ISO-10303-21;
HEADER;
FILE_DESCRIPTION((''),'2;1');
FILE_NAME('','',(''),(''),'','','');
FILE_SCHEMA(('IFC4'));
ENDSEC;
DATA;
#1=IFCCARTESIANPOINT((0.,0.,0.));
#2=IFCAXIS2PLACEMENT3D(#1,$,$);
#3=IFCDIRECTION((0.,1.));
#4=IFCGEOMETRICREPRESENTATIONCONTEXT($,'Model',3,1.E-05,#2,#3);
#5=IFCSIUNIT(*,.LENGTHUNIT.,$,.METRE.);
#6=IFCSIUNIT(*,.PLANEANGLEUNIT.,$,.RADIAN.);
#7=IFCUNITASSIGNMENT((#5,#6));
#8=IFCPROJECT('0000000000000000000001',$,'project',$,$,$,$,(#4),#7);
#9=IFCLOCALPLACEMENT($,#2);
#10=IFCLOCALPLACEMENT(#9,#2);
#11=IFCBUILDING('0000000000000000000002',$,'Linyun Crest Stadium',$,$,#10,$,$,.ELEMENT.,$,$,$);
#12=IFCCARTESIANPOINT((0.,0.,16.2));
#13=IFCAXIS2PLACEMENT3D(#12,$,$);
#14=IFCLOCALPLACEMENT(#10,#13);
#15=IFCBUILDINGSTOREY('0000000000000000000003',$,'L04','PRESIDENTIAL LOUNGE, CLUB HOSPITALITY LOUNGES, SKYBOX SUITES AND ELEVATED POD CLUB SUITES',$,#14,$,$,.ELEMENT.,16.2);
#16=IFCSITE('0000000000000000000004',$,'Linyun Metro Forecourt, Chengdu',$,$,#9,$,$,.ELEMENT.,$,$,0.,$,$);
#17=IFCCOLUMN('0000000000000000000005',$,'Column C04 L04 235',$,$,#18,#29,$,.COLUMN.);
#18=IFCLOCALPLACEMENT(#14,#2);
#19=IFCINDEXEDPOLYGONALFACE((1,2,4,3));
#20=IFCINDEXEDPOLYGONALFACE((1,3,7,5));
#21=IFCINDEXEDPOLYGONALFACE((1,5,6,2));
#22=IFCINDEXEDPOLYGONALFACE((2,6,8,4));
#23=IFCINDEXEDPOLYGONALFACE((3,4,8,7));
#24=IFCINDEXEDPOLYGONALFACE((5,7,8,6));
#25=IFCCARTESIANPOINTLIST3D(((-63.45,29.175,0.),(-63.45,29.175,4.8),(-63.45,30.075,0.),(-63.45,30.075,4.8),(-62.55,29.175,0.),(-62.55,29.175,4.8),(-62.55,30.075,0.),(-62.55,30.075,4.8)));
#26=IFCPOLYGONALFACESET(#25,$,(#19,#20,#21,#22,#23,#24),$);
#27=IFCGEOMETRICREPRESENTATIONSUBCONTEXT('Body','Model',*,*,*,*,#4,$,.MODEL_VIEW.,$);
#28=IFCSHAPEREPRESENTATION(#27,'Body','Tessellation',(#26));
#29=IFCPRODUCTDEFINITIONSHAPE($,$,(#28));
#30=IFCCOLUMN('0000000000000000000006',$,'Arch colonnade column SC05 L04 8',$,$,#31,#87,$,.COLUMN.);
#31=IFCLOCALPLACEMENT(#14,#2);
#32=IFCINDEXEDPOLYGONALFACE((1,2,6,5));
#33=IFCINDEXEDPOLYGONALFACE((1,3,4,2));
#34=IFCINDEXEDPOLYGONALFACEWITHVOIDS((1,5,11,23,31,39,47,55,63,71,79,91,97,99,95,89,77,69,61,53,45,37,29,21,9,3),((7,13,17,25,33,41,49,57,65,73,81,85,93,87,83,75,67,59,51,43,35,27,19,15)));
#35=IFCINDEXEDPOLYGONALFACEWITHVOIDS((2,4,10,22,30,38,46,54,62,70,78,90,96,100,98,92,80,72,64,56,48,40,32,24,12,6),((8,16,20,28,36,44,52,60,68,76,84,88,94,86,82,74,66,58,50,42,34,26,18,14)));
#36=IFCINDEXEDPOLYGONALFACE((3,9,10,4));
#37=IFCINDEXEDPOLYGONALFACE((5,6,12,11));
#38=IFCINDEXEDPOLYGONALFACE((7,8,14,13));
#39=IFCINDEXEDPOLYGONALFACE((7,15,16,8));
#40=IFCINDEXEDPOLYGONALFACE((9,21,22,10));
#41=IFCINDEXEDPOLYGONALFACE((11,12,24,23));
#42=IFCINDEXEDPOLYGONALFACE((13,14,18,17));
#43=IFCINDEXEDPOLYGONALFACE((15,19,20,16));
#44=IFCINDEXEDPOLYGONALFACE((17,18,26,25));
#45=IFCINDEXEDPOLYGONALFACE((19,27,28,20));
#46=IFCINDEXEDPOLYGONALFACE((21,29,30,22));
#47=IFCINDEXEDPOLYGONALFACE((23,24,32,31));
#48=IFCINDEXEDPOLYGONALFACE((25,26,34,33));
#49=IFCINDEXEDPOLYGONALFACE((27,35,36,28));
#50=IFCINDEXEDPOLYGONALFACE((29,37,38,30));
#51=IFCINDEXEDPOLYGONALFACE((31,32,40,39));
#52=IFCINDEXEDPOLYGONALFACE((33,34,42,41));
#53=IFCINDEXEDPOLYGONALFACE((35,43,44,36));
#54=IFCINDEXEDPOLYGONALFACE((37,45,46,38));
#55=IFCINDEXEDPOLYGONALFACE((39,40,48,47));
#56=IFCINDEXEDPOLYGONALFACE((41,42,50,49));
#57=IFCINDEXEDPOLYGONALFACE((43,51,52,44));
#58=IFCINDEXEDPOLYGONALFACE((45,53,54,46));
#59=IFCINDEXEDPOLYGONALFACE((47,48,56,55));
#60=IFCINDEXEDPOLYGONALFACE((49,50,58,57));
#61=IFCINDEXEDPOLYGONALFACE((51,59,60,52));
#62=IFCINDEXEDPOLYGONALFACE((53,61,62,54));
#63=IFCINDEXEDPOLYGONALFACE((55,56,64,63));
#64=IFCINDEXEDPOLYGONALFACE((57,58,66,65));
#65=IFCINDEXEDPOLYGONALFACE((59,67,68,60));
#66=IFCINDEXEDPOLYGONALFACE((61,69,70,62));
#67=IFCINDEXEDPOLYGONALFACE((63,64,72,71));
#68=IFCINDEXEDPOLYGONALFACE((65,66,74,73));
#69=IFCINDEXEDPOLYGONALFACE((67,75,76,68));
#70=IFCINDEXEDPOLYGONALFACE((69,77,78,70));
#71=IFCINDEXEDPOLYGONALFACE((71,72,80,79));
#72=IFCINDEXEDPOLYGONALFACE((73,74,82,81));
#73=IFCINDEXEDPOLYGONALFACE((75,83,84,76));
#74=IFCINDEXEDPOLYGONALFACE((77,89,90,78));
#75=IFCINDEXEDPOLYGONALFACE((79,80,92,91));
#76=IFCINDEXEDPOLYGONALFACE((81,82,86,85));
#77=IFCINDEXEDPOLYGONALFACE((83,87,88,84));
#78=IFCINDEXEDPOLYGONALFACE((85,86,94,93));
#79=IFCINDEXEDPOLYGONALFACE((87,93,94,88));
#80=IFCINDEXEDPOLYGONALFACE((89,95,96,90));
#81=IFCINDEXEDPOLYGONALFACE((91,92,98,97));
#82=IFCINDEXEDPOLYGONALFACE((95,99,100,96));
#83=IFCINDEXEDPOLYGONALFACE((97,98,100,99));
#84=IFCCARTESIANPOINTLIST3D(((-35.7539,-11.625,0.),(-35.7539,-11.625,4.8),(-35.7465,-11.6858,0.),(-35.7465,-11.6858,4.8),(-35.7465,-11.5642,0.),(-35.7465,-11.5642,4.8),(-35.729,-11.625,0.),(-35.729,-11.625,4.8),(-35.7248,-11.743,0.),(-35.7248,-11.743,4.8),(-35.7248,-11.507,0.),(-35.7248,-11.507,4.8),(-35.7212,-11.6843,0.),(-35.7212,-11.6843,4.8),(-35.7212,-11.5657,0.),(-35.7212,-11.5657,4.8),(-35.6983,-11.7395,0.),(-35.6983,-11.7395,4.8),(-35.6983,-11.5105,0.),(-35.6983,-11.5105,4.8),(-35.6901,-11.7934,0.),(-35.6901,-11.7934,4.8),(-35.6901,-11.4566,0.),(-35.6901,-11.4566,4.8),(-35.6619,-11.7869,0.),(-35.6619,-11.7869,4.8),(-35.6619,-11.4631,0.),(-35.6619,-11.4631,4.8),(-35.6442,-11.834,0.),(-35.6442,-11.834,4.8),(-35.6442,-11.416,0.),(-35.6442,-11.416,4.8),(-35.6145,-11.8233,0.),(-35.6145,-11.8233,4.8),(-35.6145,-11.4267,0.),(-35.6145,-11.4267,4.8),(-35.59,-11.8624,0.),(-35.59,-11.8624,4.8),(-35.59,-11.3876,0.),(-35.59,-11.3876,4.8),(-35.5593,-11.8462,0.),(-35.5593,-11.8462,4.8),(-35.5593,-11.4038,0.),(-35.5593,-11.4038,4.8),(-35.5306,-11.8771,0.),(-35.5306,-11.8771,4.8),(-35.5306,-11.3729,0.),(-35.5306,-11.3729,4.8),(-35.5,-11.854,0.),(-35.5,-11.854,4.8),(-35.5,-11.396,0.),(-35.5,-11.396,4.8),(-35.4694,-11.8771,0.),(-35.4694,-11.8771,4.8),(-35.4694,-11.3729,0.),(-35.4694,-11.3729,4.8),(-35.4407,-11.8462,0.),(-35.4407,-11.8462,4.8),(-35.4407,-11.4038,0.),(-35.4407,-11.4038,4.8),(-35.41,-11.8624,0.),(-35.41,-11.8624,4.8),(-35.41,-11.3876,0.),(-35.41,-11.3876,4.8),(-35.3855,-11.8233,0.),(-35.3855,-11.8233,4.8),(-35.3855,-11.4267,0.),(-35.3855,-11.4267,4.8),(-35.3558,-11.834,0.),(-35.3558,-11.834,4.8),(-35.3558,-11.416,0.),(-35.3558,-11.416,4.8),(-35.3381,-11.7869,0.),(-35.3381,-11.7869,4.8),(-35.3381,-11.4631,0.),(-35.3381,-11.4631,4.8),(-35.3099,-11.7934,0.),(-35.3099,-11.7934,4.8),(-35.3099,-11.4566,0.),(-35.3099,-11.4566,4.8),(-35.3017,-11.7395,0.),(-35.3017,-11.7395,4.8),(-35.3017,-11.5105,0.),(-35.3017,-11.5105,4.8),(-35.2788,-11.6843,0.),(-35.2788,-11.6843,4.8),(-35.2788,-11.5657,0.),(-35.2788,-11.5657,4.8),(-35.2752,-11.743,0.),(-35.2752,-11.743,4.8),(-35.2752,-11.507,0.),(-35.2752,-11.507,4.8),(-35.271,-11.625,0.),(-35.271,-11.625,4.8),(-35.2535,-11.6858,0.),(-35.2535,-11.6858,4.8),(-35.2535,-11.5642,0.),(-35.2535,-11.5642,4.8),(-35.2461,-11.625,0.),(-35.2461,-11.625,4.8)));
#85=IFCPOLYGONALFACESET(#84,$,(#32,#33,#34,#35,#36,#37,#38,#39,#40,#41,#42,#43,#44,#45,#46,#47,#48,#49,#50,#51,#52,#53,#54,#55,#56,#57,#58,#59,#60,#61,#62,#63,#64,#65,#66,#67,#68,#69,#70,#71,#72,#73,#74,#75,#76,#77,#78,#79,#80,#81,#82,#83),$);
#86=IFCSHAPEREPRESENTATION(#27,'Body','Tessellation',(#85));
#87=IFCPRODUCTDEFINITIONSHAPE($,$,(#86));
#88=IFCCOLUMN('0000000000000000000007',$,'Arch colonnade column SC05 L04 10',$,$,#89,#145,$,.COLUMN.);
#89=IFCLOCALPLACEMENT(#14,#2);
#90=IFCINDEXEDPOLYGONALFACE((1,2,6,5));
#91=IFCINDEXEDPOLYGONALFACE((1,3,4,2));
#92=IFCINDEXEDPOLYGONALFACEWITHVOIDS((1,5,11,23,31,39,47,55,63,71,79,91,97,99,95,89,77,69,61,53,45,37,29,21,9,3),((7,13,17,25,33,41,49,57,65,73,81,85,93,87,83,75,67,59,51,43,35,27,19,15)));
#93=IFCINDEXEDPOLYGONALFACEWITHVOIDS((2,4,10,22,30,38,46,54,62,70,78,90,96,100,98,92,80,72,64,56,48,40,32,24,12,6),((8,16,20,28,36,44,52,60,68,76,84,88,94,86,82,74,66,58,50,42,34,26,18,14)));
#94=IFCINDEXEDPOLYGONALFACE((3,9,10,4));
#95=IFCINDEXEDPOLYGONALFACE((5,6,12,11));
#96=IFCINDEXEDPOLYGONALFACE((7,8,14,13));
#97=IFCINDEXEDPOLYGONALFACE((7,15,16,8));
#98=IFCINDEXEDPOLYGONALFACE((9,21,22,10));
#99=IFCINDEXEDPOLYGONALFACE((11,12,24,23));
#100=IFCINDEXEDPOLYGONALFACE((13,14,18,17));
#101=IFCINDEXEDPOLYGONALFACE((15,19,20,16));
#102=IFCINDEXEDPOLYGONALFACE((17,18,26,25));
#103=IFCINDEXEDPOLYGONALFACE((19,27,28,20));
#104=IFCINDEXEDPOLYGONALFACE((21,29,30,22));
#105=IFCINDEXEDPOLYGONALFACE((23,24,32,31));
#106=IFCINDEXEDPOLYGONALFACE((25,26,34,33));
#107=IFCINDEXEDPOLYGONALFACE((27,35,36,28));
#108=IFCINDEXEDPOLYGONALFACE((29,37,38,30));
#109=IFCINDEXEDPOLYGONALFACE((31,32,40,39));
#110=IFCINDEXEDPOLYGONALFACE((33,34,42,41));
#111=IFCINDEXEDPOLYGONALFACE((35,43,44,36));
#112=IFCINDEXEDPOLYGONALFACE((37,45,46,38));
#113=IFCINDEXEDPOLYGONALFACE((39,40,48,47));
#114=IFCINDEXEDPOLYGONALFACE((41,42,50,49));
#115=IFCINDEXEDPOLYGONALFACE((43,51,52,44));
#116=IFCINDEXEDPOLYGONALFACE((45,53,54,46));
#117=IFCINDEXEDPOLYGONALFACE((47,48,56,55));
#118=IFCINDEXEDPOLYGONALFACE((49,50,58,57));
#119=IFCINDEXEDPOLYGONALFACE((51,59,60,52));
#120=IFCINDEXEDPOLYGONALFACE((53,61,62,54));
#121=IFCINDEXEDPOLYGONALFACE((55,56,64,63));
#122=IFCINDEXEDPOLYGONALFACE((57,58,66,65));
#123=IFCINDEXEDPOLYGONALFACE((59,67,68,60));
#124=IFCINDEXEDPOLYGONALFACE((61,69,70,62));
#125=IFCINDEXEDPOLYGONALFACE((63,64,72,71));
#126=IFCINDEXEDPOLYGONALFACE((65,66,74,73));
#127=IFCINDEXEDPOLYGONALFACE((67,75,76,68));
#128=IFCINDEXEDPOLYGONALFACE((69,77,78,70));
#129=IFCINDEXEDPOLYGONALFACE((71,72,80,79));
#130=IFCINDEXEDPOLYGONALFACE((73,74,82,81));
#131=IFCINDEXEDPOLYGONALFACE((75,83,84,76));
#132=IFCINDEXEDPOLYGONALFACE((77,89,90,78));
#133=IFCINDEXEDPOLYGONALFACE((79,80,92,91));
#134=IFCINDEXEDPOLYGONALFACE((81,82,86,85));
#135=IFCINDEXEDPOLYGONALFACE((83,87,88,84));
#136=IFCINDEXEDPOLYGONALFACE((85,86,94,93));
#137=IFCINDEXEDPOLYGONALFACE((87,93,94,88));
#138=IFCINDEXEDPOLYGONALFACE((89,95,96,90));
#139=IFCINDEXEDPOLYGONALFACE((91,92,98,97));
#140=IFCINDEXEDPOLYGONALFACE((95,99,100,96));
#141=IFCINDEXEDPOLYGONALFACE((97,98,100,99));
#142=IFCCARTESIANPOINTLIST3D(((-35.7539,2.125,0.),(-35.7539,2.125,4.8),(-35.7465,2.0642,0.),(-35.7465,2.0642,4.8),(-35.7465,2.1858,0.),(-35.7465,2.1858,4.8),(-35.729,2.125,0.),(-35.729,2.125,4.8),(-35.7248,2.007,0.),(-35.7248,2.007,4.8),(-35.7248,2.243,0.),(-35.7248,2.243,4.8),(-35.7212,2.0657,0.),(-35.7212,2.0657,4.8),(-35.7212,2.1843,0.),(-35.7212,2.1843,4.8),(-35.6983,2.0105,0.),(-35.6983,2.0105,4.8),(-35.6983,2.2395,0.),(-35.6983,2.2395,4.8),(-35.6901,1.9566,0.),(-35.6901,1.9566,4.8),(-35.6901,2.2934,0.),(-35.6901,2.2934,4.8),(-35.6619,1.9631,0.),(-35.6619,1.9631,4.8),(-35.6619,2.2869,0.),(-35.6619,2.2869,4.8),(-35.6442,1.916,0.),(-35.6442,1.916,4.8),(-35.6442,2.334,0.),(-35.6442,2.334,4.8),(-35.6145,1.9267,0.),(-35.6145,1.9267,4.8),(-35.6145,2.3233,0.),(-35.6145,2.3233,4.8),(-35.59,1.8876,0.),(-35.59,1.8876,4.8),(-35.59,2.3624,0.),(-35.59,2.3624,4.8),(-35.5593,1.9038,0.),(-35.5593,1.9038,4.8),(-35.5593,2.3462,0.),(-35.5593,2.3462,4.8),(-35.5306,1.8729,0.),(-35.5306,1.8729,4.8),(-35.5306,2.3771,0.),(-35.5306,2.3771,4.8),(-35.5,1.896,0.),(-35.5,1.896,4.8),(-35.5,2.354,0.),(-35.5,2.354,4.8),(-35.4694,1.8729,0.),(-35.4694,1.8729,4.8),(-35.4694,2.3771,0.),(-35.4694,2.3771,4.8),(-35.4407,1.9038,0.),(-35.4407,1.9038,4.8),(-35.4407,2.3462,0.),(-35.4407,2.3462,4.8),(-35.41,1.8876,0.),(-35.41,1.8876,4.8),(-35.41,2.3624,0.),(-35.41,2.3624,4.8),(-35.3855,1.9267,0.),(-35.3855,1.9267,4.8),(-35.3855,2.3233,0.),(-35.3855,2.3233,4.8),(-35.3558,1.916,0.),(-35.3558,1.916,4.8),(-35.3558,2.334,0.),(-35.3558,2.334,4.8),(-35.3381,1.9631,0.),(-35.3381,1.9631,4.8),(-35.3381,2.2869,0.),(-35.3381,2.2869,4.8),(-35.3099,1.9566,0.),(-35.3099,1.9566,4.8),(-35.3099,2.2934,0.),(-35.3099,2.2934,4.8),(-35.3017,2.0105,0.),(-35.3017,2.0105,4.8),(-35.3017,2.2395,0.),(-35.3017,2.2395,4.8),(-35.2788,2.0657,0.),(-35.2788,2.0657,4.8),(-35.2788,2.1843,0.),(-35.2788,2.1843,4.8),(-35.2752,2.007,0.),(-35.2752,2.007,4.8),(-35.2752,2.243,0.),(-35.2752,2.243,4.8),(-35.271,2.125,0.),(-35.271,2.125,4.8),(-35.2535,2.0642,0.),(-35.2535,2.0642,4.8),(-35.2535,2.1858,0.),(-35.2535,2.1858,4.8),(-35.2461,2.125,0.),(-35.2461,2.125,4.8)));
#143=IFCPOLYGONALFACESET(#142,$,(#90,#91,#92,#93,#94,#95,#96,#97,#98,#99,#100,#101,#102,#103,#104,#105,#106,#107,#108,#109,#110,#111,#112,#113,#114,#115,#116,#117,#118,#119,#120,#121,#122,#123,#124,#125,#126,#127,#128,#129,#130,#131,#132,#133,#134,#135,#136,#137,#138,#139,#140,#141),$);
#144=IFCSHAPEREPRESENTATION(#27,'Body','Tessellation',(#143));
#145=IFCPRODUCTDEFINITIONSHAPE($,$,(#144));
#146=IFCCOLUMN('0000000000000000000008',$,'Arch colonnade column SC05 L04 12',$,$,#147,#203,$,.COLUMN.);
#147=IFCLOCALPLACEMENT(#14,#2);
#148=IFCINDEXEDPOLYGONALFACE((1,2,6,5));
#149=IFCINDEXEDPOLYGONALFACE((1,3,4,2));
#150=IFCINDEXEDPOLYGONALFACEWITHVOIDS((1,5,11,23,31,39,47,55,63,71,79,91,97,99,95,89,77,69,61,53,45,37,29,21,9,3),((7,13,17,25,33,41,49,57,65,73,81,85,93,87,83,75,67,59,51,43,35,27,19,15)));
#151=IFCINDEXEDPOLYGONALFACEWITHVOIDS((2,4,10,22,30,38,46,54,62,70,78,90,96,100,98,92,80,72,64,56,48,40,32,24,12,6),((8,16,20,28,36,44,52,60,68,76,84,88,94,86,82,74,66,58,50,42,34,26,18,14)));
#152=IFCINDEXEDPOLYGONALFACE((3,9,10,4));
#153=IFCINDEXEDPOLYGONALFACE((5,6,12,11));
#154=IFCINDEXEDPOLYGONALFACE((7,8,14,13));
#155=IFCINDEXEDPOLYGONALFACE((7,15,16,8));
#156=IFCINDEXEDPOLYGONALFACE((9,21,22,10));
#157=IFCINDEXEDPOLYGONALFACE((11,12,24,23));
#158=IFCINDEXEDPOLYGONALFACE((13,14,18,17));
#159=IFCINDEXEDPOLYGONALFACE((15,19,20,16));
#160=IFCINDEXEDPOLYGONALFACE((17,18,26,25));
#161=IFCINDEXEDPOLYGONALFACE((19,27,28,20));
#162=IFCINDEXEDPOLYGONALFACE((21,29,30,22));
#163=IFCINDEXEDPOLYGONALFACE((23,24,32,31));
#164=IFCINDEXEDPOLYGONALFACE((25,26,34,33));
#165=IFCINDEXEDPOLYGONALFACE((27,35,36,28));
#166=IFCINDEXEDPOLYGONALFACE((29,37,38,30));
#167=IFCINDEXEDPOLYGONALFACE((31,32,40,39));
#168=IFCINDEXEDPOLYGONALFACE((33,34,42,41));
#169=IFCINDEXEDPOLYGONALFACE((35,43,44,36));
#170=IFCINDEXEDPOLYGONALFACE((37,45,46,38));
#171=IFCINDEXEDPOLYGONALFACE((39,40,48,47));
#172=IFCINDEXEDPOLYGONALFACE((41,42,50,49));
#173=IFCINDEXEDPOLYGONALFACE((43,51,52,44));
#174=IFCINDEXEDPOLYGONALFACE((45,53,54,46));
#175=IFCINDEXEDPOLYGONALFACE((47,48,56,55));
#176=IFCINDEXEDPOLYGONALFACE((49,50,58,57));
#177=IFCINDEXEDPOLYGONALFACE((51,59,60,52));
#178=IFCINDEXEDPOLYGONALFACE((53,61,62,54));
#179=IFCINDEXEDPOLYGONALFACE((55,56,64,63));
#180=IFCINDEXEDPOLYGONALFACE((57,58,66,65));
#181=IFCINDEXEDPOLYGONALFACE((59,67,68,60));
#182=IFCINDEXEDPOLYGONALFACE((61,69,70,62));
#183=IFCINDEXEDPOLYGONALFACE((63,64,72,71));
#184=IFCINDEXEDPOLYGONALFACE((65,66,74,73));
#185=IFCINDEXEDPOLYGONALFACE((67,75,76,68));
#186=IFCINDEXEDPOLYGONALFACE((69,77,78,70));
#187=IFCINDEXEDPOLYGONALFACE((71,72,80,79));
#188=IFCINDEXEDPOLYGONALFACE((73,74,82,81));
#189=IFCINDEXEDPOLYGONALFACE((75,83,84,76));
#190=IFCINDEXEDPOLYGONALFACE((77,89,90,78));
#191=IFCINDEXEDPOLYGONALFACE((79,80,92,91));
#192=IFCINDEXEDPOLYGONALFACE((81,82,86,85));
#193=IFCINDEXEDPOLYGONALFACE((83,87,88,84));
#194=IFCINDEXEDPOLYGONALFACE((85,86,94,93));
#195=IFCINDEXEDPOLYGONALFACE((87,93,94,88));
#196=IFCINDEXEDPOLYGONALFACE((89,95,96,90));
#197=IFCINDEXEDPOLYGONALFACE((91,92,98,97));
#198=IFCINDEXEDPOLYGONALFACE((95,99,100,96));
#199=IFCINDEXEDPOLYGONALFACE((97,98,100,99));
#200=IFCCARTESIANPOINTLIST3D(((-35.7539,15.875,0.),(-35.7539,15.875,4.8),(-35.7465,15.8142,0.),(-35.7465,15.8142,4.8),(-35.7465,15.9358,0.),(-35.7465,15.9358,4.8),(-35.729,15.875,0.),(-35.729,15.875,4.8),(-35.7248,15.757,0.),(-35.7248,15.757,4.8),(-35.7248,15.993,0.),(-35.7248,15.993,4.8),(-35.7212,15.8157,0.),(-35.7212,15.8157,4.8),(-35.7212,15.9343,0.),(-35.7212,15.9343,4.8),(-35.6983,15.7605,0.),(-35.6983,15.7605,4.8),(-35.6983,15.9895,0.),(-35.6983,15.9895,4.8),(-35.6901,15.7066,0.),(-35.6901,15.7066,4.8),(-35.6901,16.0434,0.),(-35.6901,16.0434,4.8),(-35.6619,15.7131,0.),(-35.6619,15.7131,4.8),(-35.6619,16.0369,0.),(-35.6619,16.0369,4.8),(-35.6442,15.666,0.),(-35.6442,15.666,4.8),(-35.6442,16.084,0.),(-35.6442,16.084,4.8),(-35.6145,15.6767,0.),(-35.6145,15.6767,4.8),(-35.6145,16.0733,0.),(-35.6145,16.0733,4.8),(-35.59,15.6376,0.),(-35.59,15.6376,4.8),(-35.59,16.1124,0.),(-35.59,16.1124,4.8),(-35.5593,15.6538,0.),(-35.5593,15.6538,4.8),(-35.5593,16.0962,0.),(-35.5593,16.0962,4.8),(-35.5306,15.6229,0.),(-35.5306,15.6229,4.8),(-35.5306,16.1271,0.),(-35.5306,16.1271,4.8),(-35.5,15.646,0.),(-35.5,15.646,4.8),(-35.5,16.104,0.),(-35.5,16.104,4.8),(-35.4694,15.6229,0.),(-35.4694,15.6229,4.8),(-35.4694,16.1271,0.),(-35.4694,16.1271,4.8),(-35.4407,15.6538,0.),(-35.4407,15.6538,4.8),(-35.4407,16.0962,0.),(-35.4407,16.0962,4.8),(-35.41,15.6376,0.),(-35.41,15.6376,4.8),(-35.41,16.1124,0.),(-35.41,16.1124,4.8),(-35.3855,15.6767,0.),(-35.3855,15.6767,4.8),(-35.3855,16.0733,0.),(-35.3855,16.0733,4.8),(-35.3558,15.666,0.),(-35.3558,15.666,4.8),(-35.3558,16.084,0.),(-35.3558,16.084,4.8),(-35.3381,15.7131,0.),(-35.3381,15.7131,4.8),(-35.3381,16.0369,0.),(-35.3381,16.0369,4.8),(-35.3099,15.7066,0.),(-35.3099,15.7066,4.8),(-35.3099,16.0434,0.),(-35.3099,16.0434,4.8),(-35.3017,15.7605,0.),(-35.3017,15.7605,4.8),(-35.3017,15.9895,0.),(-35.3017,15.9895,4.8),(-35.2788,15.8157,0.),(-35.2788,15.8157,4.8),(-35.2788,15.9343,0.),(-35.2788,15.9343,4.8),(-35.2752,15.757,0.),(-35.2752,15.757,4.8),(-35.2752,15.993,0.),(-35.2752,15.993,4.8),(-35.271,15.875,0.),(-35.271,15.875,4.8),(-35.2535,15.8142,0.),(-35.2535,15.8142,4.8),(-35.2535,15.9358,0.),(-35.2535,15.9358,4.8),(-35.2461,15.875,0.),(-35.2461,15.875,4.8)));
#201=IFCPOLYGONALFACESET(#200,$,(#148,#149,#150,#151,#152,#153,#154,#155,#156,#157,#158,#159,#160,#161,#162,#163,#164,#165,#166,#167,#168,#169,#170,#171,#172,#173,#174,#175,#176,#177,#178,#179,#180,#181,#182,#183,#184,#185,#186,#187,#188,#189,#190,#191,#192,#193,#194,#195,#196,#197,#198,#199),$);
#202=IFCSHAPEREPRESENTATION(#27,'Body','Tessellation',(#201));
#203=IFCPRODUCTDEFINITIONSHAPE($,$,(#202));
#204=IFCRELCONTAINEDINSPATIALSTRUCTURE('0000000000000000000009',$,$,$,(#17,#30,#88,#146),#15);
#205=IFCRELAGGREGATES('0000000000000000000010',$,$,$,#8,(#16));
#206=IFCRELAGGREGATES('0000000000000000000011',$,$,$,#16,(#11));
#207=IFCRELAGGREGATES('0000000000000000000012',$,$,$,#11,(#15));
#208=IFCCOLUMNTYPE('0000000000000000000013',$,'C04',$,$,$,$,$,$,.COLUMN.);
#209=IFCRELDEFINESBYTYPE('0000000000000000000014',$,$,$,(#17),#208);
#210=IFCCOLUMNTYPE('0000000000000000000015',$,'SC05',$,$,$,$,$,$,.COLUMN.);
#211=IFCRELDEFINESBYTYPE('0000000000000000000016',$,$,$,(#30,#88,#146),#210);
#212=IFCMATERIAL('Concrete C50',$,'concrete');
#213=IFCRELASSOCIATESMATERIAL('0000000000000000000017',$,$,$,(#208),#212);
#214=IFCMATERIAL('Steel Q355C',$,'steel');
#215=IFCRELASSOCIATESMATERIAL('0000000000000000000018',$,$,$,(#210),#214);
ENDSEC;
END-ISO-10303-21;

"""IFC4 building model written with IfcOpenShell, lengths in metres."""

from ifc_helpers import new_model, si_unit, direction, frame, origin, origin_2d, place, context, subcontext, project, spatial, rectangle, hollow_circle, extrude, material, material_profile, profile_set, type_object, element, save


model = new_model("IFC4")

# Units and contexts
model_context = context("Model", 3, precision=1e-05, world=origin(), true_north=direction((0.0, 1.0)))
body_context = subcontext(model_context, "Body", "Model", "MODEL_VIEW")
ifc_project = project(units=[si_unit("LENGTHUNIT", "METRE"), si_unit("PLANEANGLEUNIT", "RADIAN")], contexts=[model_context])

# Site, building, storey
site_placement = place(None, origin())
site = spatial("IfcSite", under=ifc_project, at=site_placement, Name="Linyun Metro Forecourt, Chengdu", CompositionType="ELEMENT", RefElevation=0.0)
building_placement = place(site_placement, origin())
building = spatial("IfcBuilding", under=site, at=building_placement, Name="Linyun Crest Stadium", CompositionType="ELEMENT")
storey_placement = place(building_placement, frame((0.0, 0.0, 16.2)))
storey = spatial("IfcBuildingStorey", under=building, at=storey_placement, Name="L04", Description="PRESIDENTIAL LOUNGE, CLUB HOSPITALITY LOUNGES, SKYBOX SUITES AND ELEVATED POD CLUB SUITES", CompositionType="ELEMENT", Elevation=16.2)

# Columns
ifc_material_1 = material(Name="Concrete C50", Category="concrete")
ifc_material_profile_1 = material_profile(ifc_material_1, rectangle(XDim=0.8999, YDim=0.8999, at=origin_2d()), Name="RC 900x900")
ifc_profile_set_1 = profile_set([ifc_material_profile_1], Name="Concrete C50")
column_type_1 = type_object("IfcColumnType", Name="C04", PredefinedType="COLUMN", material=ifc_profile_set_1)
column_placement = place(storey_placement, frame((-63.0, 29.625, 0.0), z_axis=(0.0, 0.0, 1.0), x_axis=(1.0, 0.0, 0.0)))
element("IfcColumn", 1, at=column_placement, inside=storey, type_object=column_type_1, Name="Column C04 L04 235", PredefinedType="COLUMN", context=body_context, shape_type="SweptSolid", body=[
    extrude(rectangle(XDim=0.8999, YDim=0.8999, at=origin_2d()), origin(), (0.0, 0.0, 1.0), 4.8),
])
ifc_material_2 = material(Name="Steel Q355C", Category="steel")
ifc_material_profile_2 = material_profile(ifc_material_2, hollow_circle(Radius=0.2539, WallThickness=0.0249, at=origin_2d()), Name="CHS 508x25")
ifc_profile_set_2 = profile_set([ifc_material_profile_2], Name="Steel Q355C")
column_type_2 = type_object("IfcColumnType", Name="SC05", PredefinedType="COLUMN", material=ifc_profile_set_2)
for number, where, z_axis, x_axis, name in (
    (2, (-35.5, -11.625, 0.0), (0.0, 0.0, 1.0), (1.0, 0.0, 0.0), "Arch colonnade column SC05 L04 8"),
    (3, (-35.5, 2.125, 0.0), (0.0, 0.0, 1.0), (1.0, 0.0, 0.0), "Arch colonnade column SC05 L04 10"),
    (4, (-35.5, 15.875, 0.0), (0.0, 0.0, 1.0), (1.0, 0.0, 0.0), "Arch colonnade column SC05 L04 12"),
):
    element("IfcColumn", number, at=place(storey_placement, frame(where, z_axis=z_axis, x_axis=x_axis)), inside=storey, type_object=column_type_2, Name=name, PredefinedType="COLUMN", context=body_context, shape_type="SweptSolid", body=[
        extrude(hollow_circle(Radius=0.2539, WallThickness=0.0249, at=origin_2d()), origin(), (0.0, 0.0, 1.0), 4.8),
    ])

save(model, "model.ifc")
